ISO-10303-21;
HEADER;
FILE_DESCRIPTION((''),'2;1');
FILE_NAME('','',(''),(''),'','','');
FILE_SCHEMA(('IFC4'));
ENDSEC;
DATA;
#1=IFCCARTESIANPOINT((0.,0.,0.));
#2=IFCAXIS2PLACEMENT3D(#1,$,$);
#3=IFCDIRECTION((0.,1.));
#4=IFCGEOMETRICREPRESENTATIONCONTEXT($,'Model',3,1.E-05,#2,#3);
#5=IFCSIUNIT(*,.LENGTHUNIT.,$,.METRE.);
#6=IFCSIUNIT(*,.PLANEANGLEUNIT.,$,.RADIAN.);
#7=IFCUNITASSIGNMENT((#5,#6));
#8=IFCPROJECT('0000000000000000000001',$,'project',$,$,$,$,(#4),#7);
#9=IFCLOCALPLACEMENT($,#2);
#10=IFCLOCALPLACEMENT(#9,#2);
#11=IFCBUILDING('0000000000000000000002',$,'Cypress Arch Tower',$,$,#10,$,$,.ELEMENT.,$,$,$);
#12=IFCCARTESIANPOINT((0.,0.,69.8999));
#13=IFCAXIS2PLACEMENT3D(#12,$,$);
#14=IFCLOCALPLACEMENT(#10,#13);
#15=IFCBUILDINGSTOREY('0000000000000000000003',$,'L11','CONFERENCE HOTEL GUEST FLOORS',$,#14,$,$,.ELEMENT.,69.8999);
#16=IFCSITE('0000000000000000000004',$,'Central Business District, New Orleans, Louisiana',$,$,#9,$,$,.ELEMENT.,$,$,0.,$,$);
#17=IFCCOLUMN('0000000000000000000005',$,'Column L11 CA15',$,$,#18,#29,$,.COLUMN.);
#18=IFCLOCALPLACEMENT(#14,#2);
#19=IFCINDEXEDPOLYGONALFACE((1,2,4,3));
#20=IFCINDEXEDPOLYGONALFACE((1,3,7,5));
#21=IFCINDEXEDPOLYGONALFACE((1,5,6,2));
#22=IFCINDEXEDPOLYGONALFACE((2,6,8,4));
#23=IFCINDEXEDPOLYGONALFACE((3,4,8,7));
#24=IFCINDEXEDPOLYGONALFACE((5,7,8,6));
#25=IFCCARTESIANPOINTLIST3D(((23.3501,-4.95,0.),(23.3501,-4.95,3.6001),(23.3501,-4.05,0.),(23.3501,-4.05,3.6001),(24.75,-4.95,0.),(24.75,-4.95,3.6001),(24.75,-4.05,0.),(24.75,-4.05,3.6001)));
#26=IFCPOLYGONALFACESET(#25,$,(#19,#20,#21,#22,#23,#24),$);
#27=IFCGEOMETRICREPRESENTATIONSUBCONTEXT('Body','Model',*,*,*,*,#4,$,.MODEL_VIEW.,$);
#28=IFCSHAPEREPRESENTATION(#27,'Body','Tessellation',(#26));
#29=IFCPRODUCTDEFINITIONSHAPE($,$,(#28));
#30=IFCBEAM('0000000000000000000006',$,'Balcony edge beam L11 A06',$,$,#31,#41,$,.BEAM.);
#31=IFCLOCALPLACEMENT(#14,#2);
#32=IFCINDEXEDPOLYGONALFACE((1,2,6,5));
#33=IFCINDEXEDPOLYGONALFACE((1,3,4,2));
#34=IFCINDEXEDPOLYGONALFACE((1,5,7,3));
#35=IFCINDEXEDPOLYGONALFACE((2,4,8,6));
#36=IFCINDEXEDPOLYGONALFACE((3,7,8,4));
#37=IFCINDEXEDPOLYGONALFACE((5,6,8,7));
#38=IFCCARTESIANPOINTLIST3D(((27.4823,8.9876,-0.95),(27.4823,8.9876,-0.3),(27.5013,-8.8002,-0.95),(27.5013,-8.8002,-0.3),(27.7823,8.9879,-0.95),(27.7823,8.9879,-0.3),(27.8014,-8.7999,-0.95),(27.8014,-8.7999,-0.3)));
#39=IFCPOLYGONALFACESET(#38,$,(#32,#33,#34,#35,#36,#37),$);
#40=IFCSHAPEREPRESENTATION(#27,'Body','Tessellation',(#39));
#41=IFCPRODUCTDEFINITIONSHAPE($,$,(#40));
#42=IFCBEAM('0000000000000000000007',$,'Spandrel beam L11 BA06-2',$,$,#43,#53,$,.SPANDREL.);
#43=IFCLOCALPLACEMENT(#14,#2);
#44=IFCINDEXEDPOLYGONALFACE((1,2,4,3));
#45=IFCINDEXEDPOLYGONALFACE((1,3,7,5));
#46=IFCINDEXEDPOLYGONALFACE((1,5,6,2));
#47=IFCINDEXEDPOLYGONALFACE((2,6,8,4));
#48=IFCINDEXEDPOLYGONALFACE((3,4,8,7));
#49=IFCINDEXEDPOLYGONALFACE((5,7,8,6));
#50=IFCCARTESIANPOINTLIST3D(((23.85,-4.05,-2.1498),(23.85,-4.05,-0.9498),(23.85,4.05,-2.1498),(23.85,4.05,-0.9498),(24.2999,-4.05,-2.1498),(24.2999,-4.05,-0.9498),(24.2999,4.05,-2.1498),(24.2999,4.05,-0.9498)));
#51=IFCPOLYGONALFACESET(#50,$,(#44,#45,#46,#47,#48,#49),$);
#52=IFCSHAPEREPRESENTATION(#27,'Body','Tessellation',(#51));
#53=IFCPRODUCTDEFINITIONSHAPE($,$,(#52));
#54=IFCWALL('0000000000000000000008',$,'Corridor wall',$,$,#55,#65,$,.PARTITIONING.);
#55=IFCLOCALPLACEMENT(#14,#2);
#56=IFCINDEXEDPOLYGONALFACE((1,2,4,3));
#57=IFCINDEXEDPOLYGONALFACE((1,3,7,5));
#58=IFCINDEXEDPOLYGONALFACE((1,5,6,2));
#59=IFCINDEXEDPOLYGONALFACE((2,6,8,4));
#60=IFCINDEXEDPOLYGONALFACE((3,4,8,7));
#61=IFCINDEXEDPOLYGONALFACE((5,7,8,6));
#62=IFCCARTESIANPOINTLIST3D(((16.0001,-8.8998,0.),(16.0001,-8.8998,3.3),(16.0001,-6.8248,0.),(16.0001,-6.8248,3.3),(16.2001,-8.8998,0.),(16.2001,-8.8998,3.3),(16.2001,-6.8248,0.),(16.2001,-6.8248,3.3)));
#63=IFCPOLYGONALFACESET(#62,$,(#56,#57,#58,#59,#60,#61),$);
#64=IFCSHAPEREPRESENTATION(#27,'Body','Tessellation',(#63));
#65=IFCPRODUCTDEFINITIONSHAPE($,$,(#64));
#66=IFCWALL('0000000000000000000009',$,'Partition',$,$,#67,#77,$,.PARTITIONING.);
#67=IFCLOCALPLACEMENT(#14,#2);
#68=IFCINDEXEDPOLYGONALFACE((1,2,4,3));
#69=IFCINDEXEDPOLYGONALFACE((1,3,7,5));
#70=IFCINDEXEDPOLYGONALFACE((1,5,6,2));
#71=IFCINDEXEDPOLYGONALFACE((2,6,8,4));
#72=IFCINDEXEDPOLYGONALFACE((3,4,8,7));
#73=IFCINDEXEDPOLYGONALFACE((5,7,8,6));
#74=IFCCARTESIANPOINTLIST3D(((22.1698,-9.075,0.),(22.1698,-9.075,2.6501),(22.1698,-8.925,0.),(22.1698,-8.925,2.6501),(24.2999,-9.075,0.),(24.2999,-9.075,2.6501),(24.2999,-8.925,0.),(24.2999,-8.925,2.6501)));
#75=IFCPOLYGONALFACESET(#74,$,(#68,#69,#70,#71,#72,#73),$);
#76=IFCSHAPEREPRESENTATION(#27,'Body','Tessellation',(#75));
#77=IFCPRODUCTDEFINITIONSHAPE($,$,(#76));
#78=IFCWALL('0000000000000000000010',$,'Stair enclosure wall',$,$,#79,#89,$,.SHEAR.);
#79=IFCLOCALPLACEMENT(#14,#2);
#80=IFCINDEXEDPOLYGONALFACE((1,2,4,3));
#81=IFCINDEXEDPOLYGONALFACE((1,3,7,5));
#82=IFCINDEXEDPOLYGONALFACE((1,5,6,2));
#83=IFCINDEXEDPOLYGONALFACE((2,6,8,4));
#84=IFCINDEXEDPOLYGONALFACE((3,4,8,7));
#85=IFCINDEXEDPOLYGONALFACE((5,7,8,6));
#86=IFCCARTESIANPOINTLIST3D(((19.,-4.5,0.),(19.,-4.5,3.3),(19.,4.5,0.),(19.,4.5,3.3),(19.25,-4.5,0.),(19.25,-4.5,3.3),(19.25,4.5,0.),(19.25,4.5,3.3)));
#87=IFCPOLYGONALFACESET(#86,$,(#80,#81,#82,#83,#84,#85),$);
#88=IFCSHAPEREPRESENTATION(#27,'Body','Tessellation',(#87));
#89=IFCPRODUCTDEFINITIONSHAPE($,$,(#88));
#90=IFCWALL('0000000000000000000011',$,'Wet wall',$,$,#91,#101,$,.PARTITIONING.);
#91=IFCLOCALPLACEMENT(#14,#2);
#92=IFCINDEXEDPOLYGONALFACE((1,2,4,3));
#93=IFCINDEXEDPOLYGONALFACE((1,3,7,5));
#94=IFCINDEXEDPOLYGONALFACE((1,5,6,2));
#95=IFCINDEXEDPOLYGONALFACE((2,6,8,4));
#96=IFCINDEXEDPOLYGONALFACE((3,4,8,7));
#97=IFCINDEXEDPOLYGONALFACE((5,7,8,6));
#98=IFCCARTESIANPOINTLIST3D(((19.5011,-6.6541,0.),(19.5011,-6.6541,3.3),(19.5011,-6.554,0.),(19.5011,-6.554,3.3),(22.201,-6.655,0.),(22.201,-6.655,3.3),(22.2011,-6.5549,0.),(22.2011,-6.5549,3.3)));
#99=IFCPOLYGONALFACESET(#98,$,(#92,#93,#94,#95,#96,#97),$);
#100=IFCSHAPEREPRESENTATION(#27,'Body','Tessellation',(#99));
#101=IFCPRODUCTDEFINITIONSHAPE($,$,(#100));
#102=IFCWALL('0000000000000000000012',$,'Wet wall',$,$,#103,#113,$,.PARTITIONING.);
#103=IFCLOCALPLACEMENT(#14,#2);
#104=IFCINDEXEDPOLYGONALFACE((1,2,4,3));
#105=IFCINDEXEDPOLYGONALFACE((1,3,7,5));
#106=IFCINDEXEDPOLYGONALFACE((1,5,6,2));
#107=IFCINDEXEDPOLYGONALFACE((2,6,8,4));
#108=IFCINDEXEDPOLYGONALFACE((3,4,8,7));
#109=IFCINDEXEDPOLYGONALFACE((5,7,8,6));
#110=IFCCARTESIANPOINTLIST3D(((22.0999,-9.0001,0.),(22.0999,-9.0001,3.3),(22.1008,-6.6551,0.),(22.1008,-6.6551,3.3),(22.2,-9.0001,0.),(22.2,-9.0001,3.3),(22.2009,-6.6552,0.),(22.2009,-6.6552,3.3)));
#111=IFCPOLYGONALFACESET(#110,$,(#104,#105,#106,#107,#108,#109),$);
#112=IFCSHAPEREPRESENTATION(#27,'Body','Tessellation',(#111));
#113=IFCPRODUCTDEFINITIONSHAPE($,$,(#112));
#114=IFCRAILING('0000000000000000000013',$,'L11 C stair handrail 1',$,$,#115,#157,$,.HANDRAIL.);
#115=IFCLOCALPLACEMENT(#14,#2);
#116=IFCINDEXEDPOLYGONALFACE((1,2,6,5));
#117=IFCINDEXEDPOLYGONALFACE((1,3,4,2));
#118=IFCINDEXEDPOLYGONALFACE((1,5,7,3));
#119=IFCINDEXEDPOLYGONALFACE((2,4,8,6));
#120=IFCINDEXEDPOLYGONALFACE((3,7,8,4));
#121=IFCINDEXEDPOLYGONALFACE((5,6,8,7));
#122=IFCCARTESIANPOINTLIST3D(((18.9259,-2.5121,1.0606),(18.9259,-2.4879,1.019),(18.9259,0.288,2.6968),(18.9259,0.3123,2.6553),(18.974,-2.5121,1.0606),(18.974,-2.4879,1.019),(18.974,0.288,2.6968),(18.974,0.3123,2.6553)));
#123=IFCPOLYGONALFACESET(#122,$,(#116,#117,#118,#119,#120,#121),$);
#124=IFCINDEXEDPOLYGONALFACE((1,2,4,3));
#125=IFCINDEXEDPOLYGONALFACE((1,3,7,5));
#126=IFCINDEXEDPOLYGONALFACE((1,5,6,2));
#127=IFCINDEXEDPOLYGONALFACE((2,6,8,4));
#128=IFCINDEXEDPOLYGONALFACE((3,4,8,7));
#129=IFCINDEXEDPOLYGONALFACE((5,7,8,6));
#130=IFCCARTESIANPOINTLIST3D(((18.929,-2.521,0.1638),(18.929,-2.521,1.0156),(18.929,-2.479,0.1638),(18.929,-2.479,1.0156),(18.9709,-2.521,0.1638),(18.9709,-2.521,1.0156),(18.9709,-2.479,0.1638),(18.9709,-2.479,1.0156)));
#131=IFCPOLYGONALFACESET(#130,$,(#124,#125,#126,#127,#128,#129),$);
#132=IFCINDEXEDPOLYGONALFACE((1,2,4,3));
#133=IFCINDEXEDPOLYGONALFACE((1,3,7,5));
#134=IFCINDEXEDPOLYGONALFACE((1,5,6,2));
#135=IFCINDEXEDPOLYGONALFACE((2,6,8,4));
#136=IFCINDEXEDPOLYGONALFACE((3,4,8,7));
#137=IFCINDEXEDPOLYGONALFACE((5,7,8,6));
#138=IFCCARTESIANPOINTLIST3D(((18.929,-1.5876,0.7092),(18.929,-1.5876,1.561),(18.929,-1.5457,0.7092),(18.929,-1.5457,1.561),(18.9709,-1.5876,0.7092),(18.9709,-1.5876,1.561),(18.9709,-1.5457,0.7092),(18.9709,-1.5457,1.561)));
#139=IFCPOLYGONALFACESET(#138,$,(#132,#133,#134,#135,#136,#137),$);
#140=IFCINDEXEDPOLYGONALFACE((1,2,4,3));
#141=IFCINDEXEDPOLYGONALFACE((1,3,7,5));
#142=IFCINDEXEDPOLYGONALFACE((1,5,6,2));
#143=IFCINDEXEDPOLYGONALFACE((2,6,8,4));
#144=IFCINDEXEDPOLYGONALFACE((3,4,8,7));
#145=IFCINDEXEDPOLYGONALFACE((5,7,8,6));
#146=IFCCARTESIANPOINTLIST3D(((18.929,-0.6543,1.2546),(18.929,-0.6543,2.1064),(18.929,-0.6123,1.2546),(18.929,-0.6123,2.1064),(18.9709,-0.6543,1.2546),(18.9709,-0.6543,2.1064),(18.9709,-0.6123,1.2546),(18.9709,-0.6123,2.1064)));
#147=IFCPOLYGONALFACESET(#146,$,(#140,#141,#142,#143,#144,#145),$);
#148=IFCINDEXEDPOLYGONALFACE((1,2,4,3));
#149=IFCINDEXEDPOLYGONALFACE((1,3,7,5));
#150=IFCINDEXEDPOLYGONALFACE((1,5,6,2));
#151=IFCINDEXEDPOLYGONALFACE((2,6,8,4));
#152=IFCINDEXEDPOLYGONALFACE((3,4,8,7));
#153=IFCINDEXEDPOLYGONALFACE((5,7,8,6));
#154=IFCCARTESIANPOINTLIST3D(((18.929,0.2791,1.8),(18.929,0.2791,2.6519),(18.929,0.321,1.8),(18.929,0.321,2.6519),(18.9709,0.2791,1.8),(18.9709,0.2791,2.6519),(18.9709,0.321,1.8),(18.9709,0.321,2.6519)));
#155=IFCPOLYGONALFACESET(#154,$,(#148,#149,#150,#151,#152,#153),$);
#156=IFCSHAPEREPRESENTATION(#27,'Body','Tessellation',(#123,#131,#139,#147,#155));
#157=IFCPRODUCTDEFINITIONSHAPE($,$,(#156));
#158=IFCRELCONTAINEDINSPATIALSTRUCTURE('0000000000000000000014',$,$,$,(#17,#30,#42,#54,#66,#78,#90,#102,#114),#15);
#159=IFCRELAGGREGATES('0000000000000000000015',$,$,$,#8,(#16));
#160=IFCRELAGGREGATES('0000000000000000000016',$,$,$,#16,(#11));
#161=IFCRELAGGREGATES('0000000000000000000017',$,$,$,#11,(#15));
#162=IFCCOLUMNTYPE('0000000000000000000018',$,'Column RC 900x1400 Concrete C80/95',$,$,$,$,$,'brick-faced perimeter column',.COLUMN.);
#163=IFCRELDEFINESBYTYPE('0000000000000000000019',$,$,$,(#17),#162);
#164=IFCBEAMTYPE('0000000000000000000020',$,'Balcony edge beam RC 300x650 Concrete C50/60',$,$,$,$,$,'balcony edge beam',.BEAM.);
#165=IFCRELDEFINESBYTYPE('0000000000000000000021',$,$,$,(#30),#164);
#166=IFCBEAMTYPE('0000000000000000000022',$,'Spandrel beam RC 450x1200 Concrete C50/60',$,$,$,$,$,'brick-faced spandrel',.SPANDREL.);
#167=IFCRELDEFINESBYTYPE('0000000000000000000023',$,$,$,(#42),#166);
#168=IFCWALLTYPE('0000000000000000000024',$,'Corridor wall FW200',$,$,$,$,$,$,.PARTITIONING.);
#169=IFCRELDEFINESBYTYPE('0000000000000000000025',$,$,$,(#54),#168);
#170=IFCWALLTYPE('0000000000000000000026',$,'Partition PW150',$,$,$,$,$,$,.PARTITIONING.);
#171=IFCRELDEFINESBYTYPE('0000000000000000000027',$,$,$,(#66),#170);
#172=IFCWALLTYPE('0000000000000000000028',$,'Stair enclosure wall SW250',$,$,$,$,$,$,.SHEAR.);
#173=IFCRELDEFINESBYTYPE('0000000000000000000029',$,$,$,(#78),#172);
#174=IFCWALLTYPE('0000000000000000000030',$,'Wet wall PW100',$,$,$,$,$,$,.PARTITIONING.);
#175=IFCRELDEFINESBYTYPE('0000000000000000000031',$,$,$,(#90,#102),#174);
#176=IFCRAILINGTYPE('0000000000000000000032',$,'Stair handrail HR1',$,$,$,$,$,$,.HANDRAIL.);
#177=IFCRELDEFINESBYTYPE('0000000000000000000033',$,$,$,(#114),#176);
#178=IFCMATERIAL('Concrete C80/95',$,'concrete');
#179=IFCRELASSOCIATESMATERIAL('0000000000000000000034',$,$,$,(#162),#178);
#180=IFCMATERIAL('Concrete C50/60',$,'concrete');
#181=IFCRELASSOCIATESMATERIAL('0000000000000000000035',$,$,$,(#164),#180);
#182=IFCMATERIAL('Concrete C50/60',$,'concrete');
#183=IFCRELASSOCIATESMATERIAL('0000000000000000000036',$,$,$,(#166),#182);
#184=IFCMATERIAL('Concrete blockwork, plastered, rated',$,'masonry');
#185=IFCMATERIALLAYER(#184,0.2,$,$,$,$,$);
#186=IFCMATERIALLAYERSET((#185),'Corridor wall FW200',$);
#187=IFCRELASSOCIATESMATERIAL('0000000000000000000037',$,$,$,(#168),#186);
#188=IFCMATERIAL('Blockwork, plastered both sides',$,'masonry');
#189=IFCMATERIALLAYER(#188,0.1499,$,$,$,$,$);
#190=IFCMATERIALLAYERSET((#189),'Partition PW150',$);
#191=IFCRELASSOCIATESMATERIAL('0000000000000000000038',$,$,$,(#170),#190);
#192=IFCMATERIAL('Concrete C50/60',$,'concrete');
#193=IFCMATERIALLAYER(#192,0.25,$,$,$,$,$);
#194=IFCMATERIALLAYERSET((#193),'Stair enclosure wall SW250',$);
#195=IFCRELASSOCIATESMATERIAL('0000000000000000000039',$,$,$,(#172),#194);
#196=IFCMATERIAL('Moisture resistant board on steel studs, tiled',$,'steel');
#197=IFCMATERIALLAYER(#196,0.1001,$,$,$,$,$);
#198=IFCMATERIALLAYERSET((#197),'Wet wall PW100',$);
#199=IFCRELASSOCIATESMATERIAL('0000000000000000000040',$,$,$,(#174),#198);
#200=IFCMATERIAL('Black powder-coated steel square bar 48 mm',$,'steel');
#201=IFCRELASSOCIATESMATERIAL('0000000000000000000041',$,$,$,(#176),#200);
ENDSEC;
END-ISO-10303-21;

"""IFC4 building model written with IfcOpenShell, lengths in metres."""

from ifc_helpers import new_model, si_unit, direction, frame, frame_2d, origin, origin_2d, place, context, subcontext, project, spatial, rectangle, extrude, material, layer, layer_set, material_profile, profile_set, type_object, element, save


model = new_model("IFC4")

# Units and contexts
model_context = context("Model", 3, precision=1e-05, world=origin(), true_north=direction((0.0, 1.0)))
body_context = subcontext(model_context, "Body", "Model", "MODEL_VIEW")
ifc_project = project(units=[si_unit("LENGTHUNIT", "METRE"), si_unit("PLANEANGLEUNIT", "RADIAN")], contexts=[model_context])

# Site, building, storey
site_placement = place(None, origin())
site = spatial("IfcSite", under=ifc_project, at=site_placement, Name="Central Business District, New Orleans, Louisiana", CompositionType="ELEMENT", RefElevation=0.0)
building_placement = place(site_placement, origin())
building = spatial("IfcBuilding", under=site, at=building_placement, Name="Cypress Arch Tower", CompositionType="ELEMENT")
storey_placement = place(building_placement, frame((0.0, 0.0, 69.8999)))
storey = spatial("IfcBuildingStorey", under=building, at=storey_placement, Name="L11", Description="CONFERENCE HOTEL GUEST FLOORS", CompositionType="ELEMENT", Elevation=69.8999)

# Column
ifc_material_1 = material(Name="Concrete C80/95", Category="concrete")
ifc_material_profile_1 = material_profile(ifc_material_1, rectangle(XDim=0.8999, YDim=1.3999, at=origin_2d()), Name="RC 900x1400")
ifc_profile_set_1 = profile_set([ifc_material_profile_1], Name="Concrete C80/95")
column_type = type_object("IfcColumnType", Name="Column RC 900x1400 Concrete C80/95", ElementType="brick-faced perimeter column", PredefinedType="COLUMN", material=ifc_profile_set_1)
column_placement = place(storey_placement, frame((24.05, -4.5, 0.0), z_axis=(0.0, 0.0, 1.0), x_axis=(0.0, 1.0, 0.0)))
element("IfcColumn", 1, at=column_placement, inside=storey, type_object=column_type, Name="Column L11 CA15", PredefinedType="COLUMN", context=body_context, shape_type="SweptSolid", body=[
    extrude(rectangle(XDim=0.8999, YDim=1.3999, at=origin_2d()), origin(), (0.0, 0.0, 1.0), 3.6001),
])

# Beams
ifc_material_2 = material(Name="Concrete C50/60", Category="concrete")
ifc_material_profile_2 = material_profile(ifc_material_2, rectangle(XDim=0.3, YDim=0.6499, at=origin_2d()), Name="RC 300x650")
ifc_profile_set_2 = profile_set([ifc_material_profile_2], Name="Concrete C50/60")
beam_type_1 = type_object("IfcBeamType", Name="Balcony edge beam RC 300x650 Concrete C50/60", ElementType="balcony edge beam", PredefinedType="BEAM", material=ifc_profile_set_2)
beam_1_placement = place(storey_placement, frame((27.6514, -8.8, -0.625), z_axis=(-0.001071, 0.999999, 0.0), x_axis=(-0.999999, -0.001071, 0.0)))
element("IfcBeam", 2, at=beam_1_placement, inside=storey, type_object=beam_type_1, Name="Balcony edge beam L11 A06", PredefinedType="BEAM", context=body_context, shape_type="SweptSolid", body=[
    extrude(rectangle(XDim=0.3, YDim=0.6499, at=origin_2d()), origin(), (0.0, 0.0, 1.0), 17.7878),
])
ifc_material_3 = material(Name="Concrete C50/60", Category="concrete")
ifc_material_profile_3 = material_profile(ifc_material_3, rectangle(XDim=0.45, YDim=1.2, at=origin_2d()), Name="RC 450x1200")
ifc_profile_set_3 = profile_set([ifc_material_profile_3], Name="Concrete C50/60")
beam_type_2 = type_object("IfcBeamType", Name="Spandrel beam RC 450x1200 Concrete C50/60", ElementType="brick-faced spandrel", PredefinedType="SPANDREL", material=ifc_profile_set_3)
beam_2_placement = place(storey_placement, frame((24.075, -4.05, -1.5498), z_axis=(0.0, 1.0, 0.0), x_axis=(-1.0, 0.0, 0.0)))
element("IfcBeam", 3, at=beam_2_placement, inside=storey, type_object=beam_type_2, Name="Spandrel beam L11 BA06-2", PredefinedType="SPANDREL", context=body_context, shape_type="SweptSolid", body=[
    extrude(rectangle(XDim=0.45, YDim=1.2, at=origin_2d()), origin(), (0.0, 0.0, 1.0), 8.1001),
])

# Walls
ifc_material_4 = material(Name="Concrete blockwork, plastered, rated", Category="masonry")
ifc_layer_1 = layer(ifc_material_4, 0.2)
ifc_layer_set_1 = layer_set([ifc_layer_1], Name="Corridor wall FW200")
wall_type_1 = type_object("IfcWallType", Name="Corridor wall FW200", PredefinedType="PARTITIONING", material=ifc_layer_set_1)
wall_1_placement = place(storey_placement, frame((16.1001, -8.8999, 0.0), z_axis=(0.0, 0.0, 1.0), x_axis=(0.0, 1.0, 0.0)))
element("IfcWall", 4, at=wall_1_placement, inside=storey, type_object=wall_type_1, Name="Corridor wall", PredefinedType="PARTITIONING", context=body_context, shape_type="SweptSolid", body=[
    extrude(rectangle(XDim=2.075, YDim=0.2, at=frame_2d((1.0376, 0.0))), origin(), (0.0, 0.0, 1.0), 3.3),
])
ifc_material_5 = material(Name="Blockwork, plastered both sides", Category="masonry")
ifc_layer_2 = layer(ifc_material_5, 0.1499)
ifc_layer_set_2 = layer_set([ifc_layer_2], Name="Partition PW150")
wall_type_2 = type_object("IfcWallType", Name="Partition PW150", PredefinedType="PARTITIONING", material=ifc_layer_set_2)
wall_2_placement = place(storey_placement, frame((22.1699, -9.0, 0.0), z_axis=(0.0, 0.0, 1.0), x_axis=(1.0, 0.0, 0.0)))
element("IfcWall", 5, at=wall_2_placement, inside=storey, type_object=wall_type_2, Name="Partition", PredefinedType="PARTITIONING", context=body_context, shape_type="SweptSolid", body=[
    extrude(rectangle(XDim=2.1301, YDim=0.1499, at=frame_2d((1.0649, 0.0))), origin(), (0.0, 0.0, 1.0), 2.6501),
])
ifc_material_6 = material(Name="Concrete C50/60", Category="concrete")
ifc_layer_3 = layer(ifc_material_6, 0.25)
ifc_layer_set_3 = layer_set([ifc_layer_3], Name="Stair enclosure wall SW250")
wall_type_3 = type_object("IfcWallType", Name="Stair enclosure wall SW250", PredefinedType="SHEAR", material=ifc_layer_set_3)
wall_3_placement = place(storey_placement, frame((19.125, -4.5, 0.0), z_axis=(0.0, 0.0, 1.0), x_axis=(0.0, 1.0, 0.0)))
element("IfcWall", 6, at=wall_3_placement, inside=storey, type_object=wall_type_3, Name="Stair enclosure wall", PredefinedType="SHEAR", context=body_context, shape_type="SweptSolid", body=[
    extrude(rectangle(XDim=9.0, YDim=0.25, at=frame_2d((4.5, 0.0))), origin(), (0.0, 0.0, 1.0), 3.3),
])
ifc_material_7 = material(Name="Moisture resistant board on steel studs, tiled", Category="steel")
ifc_layer_4 = layer(ifc_material_7, 0.1001)
ifc_layer_set_4 = layer_set([ifc_layer_4], Name="Wet wall PW100")
wall_type_4 = type_object("IfcWallType", Name="Wet wall PW100", PredefinedType="PARTITIONING", material=ifc_layer_set_4)
wall_4_placement = place(storey_placement, frame((19.501, -6.604, 0.0), z_axis=(0.0, 0.0, 1.0), x_axis=(1.0, -0.000362, 0.0)))
element("IfcWall", 7, at=wall_4_placement, inside=storey, type_object=wall_type_4, Name="Wet wall", PredefinedType="PARTITIONING", context=body_context, shape_type="SweptSolid", body=[
    extrude(rectangle(XDim=2.7, YDim=0.1001, at=frame_2d((1.3501, 0.0))), origin(), (0.0, 0.0, 1.0), 3.3),
])
wall_5_placement = place(storey_placement, frame((22.1499, -9.0, 0.0), z_axis=(0.0, 0.0, 1.0), x_axis=(0.000416, 1.0, 0.0)))
element("IfcWall", 8, at=wall_5_placement, inside=storey, type_object=wall_type_4, Name="Wet wall", PredefinedType="PARTITIONING", context=body_context, shape_type="SweptSolid", body=[
    extrude(rectangle(XDim=2.345, YDim=0.1001, at=frame_2d((1.1724, 0.0))), origin(), (0.0, 0.0, 1.0), 3.3),
])

# Railing
ifc_material_8 = material(Name="Black powder-coated steel square bar 48 mm", Category="steel")
railing_type_1 = type_object("IfcRailingType", Name="Stair handrail HR1", PredefinedType="HANDRAIL", material=ifc_material_8)
railing_1_placement = place(storey_placement, frame((18.95, -2.5, 0.1638)))
element("IfcRailing", 9, at=railing_1_placement, inside=storey, type_object=railing_type_1, Name="L11 C stair handrail 1", PredefinedType="HANDRAIL", context=body_context, shape_type="SweptSolid", body=[
    extrude(rectangle(XDim=0.0481, YDim=0.0481, at=origin_2d()), frame((0.0, 0.0, 0.876), z_axis=(0.0, 0.863394, 0.504531), x_axis=(-1.0, 0.0, 0.0)), (0.0, 0.0, 1.0), 3.2432),
    extrude(rectangle(XDim=0.042, YDim=0.042, at=origin_2d()), origin(), (0.0, 0.0, 1.0), 0.8518),
    extrude(rectangle(XDim=0.042, YDim=0.042, at=origin_2d()), frame((0.0, 0.9333, 0.5454)), (0.0, 0.0, 1.0), 0.8518),
    extrude(rectangle(XDim=0.042, YDim=0.042, at=origin_2d()), frame((0.0, 1.8667, 1.0908)), (0.0, 0.0, 1.0), 0.8518),
    extrude(rectangle(XDim=0.042, YDim=0.042, at=origin_2d()), frame((0.0, 2.8, 1.6362)), (0.0, 0.0, 1.0), 0.8518),
])

save(model, "model.ifc")
